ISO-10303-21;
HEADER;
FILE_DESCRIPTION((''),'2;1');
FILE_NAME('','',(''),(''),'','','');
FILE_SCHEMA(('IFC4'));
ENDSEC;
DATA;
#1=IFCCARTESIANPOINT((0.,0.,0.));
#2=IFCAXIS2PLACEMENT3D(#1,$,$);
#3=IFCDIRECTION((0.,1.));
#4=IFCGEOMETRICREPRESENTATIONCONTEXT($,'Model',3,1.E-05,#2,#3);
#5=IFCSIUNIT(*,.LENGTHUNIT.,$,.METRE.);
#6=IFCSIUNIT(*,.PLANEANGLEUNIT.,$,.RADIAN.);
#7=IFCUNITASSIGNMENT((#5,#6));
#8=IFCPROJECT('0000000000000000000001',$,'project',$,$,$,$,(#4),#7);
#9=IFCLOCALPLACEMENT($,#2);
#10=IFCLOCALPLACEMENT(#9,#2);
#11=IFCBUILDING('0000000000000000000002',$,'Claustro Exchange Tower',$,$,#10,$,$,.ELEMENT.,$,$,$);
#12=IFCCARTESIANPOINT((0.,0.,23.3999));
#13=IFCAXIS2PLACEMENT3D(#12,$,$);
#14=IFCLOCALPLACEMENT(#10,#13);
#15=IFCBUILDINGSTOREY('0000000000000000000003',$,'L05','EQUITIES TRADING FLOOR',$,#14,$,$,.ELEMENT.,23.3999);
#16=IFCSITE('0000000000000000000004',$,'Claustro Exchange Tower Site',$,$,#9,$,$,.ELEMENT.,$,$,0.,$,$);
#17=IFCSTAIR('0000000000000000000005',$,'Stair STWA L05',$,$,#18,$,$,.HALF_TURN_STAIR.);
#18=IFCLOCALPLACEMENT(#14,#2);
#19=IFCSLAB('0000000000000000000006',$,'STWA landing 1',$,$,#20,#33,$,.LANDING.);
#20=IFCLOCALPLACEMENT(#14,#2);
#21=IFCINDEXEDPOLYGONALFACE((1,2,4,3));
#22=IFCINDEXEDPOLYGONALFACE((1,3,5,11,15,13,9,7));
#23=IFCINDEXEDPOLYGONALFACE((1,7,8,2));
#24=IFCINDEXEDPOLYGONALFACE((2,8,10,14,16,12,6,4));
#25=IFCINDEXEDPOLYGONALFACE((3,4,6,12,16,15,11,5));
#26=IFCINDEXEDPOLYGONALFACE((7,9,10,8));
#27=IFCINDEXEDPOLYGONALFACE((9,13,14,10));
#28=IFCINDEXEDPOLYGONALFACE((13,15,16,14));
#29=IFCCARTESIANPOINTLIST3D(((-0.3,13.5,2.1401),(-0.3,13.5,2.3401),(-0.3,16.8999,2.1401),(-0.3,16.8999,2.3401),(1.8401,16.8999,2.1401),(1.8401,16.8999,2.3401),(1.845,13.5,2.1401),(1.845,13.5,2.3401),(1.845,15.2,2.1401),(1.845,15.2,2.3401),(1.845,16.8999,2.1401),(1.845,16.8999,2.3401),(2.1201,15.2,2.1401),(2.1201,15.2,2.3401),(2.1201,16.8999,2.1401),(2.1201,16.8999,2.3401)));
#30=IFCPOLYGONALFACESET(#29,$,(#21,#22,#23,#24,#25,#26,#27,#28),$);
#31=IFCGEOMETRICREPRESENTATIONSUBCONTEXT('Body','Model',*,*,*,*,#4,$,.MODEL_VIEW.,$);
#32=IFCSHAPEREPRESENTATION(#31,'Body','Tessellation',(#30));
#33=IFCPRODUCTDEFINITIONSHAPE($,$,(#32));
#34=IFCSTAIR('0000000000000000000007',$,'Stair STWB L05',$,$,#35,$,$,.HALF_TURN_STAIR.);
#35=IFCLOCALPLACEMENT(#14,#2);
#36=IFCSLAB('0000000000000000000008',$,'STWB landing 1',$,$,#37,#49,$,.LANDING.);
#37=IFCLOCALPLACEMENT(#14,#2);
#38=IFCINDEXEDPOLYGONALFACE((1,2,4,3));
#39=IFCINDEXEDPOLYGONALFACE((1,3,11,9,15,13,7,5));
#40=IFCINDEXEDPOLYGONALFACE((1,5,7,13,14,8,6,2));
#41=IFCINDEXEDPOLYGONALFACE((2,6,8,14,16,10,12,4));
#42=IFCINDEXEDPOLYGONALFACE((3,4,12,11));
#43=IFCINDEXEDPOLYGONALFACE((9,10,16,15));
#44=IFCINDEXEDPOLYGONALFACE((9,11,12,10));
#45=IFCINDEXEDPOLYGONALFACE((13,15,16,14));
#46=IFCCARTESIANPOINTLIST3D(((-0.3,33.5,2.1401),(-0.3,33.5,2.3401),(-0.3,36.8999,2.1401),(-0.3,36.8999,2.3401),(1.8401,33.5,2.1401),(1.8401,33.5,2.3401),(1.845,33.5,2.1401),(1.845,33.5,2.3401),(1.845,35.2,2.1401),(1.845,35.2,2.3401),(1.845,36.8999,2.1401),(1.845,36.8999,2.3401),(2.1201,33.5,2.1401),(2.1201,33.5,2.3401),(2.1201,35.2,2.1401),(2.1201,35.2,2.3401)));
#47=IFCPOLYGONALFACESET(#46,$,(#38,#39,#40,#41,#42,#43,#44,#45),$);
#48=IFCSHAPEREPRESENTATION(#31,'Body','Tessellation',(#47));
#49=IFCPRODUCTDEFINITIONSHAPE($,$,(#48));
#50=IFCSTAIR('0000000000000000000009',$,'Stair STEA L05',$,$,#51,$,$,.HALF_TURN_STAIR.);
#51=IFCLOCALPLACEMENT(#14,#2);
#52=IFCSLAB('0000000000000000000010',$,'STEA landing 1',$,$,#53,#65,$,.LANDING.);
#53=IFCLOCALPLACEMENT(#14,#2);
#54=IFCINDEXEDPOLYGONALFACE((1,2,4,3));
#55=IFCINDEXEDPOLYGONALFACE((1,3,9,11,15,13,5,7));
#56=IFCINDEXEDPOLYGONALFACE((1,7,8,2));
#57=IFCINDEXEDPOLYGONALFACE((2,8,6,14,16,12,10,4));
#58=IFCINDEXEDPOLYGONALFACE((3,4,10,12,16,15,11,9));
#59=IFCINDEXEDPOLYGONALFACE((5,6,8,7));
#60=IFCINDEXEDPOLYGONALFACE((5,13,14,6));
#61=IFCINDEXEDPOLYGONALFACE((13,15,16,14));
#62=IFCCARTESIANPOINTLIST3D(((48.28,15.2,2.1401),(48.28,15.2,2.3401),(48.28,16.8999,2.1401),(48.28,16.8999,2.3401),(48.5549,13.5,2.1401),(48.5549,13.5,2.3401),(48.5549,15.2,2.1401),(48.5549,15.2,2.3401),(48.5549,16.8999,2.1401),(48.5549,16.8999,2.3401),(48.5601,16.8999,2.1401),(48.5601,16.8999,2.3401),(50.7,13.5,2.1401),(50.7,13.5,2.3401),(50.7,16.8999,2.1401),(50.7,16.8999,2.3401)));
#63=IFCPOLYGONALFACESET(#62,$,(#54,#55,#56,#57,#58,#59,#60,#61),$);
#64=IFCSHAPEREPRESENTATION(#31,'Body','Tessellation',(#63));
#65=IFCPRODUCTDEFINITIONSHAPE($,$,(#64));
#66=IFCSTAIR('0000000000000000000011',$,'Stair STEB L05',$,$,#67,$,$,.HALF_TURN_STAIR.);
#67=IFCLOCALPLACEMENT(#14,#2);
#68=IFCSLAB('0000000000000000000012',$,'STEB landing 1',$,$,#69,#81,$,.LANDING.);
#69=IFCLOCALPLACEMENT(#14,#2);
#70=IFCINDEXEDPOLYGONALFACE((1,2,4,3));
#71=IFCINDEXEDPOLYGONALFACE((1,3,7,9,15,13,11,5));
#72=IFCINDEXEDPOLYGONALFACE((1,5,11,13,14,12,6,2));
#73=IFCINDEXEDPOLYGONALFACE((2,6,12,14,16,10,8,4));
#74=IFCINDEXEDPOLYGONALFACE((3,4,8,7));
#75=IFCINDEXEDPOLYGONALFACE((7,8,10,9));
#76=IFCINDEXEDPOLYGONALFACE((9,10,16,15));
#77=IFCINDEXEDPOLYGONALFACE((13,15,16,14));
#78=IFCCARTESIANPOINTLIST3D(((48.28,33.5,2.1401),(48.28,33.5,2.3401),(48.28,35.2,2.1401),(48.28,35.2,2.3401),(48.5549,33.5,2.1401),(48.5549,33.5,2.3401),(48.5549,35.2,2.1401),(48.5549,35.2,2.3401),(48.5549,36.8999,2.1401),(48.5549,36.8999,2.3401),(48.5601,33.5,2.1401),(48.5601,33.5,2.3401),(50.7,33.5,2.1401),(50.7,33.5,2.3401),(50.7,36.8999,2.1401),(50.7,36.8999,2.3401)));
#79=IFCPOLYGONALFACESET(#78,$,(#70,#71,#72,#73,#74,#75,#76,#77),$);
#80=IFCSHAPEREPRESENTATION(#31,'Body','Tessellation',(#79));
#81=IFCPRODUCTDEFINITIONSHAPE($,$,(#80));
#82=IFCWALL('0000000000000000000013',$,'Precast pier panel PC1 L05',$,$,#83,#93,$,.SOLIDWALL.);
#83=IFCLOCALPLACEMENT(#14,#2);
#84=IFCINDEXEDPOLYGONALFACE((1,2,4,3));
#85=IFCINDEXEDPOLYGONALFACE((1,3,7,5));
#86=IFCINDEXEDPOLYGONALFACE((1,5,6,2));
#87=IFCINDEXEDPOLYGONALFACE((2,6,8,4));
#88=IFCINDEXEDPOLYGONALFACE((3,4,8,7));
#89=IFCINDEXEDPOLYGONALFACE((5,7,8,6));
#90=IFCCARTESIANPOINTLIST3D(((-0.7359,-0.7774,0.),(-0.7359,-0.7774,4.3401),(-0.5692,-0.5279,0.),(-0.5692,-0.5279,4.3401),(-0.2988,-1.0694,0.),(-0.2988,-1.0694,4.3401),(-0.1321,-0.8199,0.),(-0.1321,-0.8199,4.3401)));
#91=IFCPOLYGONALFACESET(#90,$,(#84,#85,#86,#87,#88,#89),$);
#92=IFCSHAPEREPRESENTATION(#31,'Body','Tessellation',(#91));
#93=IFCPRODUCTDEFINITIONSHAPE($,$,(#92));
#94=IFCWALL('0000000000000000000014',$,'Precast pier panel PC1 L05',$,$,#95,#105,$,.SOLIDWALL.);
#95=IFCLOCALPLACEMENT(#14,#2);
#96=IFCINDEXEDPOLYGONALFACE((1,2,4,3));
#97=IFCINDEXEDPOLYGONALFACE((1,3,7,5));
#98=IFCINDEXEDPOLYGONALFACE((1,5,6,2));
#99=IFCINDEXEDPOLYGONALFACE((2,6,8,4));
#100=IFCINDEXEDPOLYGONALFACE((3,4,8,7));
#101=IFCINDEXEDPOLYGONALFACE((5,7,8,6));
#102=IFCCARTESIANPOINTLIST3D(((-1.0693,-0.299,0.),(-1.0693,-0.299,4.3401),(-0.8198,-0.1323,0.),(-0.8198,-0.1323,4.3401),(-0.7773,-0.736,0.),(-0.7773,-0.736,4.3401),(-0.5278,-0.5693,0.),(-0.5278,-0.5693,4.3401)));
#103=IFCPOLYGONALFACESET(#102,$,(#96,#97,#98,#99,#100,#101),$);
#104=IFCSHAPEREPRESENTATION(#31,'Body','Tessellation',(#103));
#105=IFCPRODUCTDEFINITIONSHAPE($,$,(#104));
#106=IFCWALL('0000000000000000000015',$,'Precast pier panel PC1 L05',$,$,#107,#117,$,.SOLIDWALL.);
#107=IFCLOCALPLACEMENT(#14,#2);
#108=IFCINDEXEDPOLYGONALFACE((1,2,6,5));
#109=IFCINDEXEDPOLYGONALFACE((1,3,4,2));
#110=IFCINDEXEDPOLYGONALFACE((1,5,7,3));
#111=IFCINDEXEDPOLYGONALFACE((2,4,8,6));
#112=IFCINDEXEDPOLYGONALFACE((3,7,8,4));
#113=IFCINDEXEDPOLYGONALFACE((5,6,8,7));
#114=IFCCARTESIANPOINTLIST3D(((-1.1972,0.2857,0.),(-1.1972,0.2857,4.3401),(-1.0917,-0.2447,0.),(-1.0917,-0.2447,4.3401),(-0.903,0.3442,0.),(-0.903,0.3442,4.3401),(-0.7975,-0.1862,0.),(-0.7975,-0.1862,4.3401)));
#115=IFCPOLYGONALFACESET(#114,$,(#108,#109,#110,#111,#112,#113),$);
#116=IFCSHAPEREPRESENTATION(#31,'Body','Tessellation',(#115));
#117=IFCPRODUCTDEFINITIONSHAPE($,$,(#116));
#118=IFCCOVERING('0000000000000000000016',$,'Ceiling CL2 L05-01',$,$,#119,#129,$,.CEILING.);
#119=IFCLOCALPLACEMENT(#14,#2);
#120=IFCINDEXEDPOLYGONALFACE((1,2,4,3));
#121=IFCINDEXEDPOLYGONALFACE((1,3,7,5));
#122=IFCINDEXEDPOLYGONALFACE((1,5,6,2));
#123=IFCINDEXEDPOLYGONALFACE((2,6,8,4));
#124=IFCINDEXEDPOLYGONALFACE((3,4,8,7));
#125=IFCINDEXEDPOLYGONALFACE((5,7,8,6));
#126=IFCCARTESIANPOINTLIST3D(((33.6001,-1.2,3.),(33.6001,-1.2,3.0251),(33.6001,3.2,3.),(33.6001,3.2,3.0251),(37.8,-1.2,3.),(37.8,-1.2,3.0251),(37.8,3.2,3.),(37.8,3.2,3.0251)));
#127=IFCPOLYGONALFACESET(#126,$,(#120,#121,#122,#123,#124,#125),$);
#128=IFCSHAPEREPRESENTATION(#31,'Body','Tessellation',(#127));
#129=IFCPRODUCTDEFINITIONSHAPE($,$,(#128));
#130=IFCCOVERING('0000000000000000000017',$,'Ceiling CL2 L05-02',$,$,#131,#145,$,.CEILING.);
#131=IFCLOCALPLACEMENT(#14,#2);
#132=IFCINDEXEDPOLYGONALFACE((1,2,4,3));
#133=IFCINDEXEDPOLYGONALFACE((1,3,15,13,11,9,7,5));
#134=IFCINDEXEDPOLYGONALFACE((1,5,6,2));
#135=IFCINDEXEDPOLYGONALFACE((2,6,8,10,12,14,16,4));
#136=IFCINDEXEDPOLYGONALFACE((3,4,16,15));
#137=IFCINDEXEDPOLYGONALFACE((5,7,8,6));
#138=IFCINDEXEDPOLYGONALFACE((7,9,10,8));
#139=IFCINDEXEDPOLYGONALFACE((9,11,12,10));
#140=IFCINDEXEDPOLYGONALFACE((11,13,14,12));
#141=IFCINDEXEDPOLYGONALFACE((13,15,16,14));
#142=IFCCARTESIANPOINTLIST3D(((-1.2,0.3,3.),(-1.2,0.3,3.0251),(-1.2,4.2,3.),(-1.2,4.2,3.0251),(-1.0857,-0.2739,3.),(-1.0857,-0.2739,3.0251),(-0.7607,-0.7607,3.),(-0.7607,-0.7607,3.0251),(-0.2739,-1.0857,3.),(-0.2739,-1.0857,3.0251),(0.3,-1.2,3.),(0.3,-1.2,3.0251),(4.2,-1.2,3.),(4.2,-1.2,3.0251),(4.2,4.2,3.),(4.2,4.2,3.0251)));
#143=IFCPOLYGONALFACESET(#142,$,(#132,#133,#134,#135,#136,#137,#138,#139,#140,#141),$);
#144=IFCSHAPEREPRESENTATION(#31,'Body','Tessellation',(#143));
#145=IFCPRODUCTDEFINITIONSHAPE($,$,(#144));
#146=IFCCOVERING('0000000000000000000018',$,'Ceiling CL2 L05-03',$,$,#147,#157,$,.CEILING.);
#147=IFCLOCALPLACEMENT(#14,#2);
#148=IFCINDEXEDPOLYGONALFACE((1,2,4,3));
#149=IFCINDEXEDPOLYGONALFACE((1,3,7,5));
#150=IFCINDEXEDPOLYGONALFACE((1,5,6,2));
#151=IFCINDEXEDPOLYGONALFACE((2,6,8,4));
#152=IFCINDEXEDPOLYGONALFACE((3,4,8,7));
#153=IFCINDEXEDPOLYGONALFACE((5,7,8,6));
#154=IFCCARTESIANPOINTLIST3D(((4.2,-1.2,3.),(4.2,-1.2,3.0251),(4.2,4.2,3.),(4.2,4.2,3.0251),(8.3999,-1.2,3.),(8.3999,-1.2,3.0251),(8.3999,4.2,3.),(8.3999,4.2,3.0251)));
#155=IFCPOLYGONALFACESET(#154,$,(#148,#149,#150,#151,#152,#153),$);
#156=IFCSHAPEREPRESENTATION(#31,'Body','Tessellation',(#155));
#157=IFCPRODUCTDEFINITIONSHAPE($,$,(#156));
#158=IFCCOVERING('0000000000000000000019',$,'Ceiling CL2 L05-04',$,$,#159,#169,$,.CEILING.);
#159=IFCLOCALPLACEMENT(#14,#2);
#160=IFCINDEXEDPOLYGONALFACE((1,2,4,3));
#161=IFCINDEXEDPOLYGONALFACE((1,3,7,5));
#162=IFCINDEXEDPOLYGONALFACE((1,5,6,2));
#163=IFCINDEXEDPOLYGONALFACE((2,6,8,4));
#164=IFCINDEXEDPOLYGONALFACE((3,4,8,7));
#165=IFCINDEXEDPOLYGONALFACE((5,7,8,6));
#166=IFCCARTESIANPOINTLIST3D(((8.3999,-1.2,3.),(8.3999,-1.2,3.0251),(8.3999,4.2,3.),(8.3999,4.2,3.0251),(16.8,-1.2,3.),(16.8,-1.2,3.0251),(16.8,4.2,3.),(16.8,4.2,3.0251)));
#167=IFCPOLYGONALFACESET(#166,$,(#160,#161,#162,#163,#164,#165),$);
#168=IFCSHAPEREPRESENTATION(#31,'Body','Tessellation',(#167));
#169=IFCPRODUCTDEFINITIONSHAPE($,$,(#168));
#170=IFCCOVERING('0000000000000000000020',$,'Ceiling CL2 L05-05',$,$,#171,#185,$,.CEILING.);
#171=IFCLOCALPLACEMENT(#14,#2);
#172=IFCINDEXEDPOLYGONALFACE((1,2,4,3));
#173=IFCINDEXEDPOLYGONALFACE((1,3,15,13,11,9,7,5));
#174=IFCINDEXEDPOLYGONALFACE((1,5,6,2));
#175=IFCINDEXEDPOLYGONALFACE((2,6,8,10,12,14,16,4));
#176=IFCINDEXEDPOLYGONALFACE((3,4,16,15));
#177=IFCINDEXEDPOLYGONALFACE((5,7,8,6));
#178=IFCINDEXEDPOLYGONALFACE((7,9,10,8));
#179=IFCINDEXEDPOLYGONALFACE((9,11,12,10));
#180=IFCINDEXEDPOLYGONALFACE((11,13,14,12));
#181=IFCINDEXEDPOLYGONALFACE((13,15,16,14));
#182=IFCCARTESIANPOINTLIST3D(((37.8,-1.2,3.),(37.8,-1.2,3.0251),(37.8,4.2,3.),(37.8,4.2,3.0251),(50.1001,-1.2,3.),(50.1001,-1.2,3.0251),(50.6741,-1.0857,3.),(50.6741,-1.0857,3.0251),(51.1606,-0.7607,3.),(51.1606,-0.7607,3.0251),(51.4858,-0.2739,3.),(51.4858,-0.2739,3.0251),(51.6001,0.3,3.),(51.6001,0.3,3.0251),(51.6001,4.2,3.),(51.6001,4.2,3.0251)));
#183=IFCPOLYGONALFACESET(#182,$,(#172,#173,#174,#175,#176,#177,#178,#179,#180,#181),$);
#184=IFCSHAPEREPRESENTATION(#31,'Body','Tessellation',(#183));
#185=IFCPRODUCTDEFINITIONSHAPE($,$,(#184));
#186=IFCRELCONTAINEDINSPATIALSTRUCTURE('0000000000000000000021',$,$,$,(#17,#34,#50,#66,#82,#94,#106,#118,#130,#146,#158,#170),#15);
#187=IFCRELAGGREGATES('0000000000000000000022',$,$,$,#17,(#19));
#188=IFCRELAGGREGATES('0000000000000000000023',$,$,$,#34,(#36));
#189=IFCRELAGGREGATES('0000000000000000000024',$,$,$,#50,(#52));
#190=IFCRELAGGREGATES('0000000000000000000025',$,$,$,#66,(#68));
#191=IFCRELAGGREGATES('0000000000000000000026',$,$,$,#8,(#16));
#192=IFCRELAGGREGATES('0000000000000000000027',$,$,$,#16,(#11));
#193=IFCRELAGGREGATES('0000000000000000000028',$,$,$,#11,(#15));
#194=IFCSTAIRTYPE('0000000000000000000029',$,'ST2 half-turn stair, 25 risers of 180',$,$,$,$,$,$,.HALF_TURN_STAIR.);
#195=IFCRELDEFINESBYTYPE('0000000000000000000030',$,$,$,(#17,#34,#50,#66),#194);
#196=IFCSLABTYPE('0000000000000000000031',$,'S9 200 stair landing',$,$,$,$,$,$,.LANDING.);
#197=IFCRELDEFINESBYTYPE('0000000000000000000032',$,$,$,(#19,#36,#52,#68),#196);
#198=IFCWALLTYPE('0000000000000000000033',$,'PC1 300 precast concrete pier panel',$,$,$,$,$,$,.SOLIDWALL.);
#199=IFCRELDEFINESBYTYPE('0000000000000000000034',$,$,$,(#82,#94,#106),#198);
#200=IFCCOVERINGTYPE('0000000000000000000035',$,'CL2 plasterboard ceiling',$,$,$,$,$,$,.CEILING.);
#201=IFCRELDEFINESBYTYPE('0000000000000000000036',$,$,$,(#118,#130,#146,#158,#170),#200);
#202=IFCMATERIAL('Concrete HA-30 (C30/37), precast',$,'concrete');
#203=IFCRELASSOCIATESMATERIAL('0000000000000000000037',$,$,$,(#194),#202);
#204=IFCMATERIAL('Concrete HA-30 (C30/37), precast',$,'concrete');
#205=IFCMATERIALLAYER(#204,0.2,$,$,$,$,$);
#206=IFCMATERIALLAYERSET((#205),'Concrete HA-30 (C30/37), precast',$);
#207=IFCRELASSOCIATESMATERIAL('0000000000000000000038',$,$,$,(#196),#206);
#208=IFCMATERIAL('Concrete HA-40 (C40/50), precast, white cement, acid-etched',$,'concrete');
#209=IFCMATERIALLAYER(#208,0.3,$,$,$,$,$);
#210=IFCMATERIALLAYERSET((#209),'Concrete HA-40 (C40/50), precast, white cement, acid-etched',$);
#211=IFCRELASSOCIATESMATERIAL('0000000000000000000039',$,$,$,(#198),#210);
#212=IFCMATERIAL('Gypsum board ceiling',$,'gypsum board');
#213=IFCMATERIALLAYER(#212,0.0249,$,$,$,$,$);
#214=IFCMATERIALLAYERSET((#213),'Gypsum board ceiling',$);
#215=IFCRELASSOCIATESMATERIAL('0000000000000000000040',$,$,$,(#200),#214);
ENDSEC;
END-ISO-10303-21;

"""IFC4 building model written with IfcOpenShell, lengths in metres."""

from ifc_helpers import new_model, si_unit, direction, frame, frame_2d, origin, place, context, subcontext, project, spatial, polyline, rectangle, outline, extrude, material, layer, layer_set, type_object, element, aggregate, save


model = new_model("IFC4")

# Units and contexts
model_context = context("Model", 3, precision=1e-05, world=origin(), true_north=direction((0.0, 1.0)))
body_context = subcontext(model_context, "Body", "Model", "MODEL_VIEW")
ifc_project = project(units=[si_unit("LENGTHUNIT", "METRE"), si_unit("PLANEANGLEUNIT", "RADIAN")], contexts=[model_context])

# Site, building, storey
site_placement = place(None, origin())
site = spatial("IfcSite", under=ifc_project, at=site_placement, Name="Claustro Exchange Tower Site", CompositionType="ELEMENT", RefElevation=0.0)
building_placement = place(site_placement, origin())
building = spatial("IfcBuilding", under=site, at=building_placement, Name="Claustro Exchange Tower", CompositionType="ELEMENT")
storey_placement = place(building_placement, frame((0.0, 0.0, 23.3999)))
storey = spatial("IfcBuildingStorey", under=building, at=storey_placement, Name="L05", Description="EQUITIES TRADING FLOOR", CompositionType="ELEMENT", Elevation=23.3999)

# Stairs, slabs
ifc_material_1 = material(Name="Concrete HA-30 (C30/37), precast", Category="concrete")
stair_type = type_object("IfcStairType", Name="ST2 half-turn stair, 25 risers of 180", PredefinedType="HALF_TURN_STAIR", material=ifc_material_1)
stair_1_placement = place(storey_placement, origin())
stair_1 = element("IfcStair", 1, at=stair_1_placement, inside=storey, type_object=stair_type, Name="Stair STWA L05", PredefinedType="HALF_TURN_STAIR")
ifc_material_2 = material(Name="Concrete HA-30 (C30/37), precast", Category="concrete")
ifc_layer_1 = layer(ifc_material_2, 0.2)
ifc_layer_set_1 = layer_set([ifc_layer_1], Name="Concrete HA-30 (C30/37), precast")
slab_type_1 = type_object("IfcSlabType", Name="S9 200 stair landing", PredefinedType="LANDING", material=ifc_layer_set_1)
slab_1_placement = place(storey_placement, frame((0.0, 0.0, 2.1401)))
slab_1 = element("IfcSlab", 2, at=slab_1_placement, type_object=slab_type_1, Name="STWA landing 1", PredefinedType="LANDING", context=body_context, shape_type="SweptSolid", body=[
    extrude(outline(polyline([(1.845, 13.5), (-0.3, 13.5), (-0.3, 16.8999), (1.8401, 16.8999), (1.845, 16.8999), (2.1201, 16.8999), (2.1201, 15.2), (1.845, 15.2), (1.845, 13.5)])), origin(), (0.0, 0.0, 1.0), 0.2),
])
aggregate(stair_1, [slab_1])
stair_2_placement = place(storey_placement, origin())
stair_2 = element("IfcStair", 3, at=stair_2_placement, inside=storey, type_object=stair_type, Name="Stair STWB L05", PredefinedType="HALF_TURN_STAIR")
slab_2_placement = place(storey_placement, frame((0.0, 0.0, 2.1401)))
slab_2 = element("IfcSlab", 4, at=slab_2_placement, type_object=slab_type_1, Name="STWB landing 1", PredefinedType="LANDING", context=body_context, shape_type="SweptSolid", body=[
    extrude(outline(polyline([(2.1201, 35.2), (2.1201, 33.5), (1.845, 33.5), (1.8401, 33.5), (-0.3, 33.5), (-0.3, 36.8999), (1.845, 36.8999), (1.845, 35.2), (2.1201, 35.2)])), origin(), (0.0, 0.0, 1.0), 0.2),
])
aggregate(stair_2, [slab_2])
stair_3_placement = place(storey_placement, origin())
stair_3 = element("IfcStair", 5, at=stair_3_placement, inside=storey, type_object=stair_type, Name="Stair STEA L05", PredefinedType="HALF_TURN_STAIR")
slab_3_placement = place(storey_placement, frame((0.0, 0.0, 2.1401)))
slab_3 = element("IfcSlab", 6, at=slab_3_placement, type_object=slab_type_1, Name="STEA landing 1", PredefinedType="LANDING", context=body_context, shape_type="SweptSolid", body=[
    extrude(outline(polyline([(50.7, 16.8999), (50.7, 13.5), (48.5549, 13.5), (48.5549, 15.2), (48.28, 15.2), (48.28, 16.8999), (48.5549, 16.8999), (48.5601, 16.8999), (50.7, 16.8999)])), origin(), (0.0, 0.0, 1.0), 0.2),
])
aggregate(stair_3, [slab_3])
stair_4_placement = place(storey_placement, origin())
stair_4 = element("IfcStair", 7, at=stair_4_placement, inside=storey, type_object=stair_type, Name="Stair STEB L05", PredefinedType="HALF_TURN_STAIR")
slab_4_placement = place(storey_placement, frame((0.0, 0.0, 2.1401)))
slab_4 = element("IfcSlab", 8, at=slab_4_placement, type_object=slab_type_1, Name="STEB landing 1", PredefinedType="LANDING", context=body_context, shape_type="SweptSolid", body=[
    extrude(outline(polyline([(48.28, 33.5), (48.28, 35.2), (48.5549, 35.2), (48.5549, 36.8999), (50.7, 36.8999), (50.7, 33.5), (48.5601, 33.5), (48.5549, 33.5), (48.28, 33.5)])), origin(), (0.0, 0.0, 1.0), 0.2),
])
aggregate(stair_4, [slab_4])

# Walls
ifc_material_3 = material(Name="Concrete HA-40 (C40/50), precast, white cement, acid-etched", Category="concrete")
ifc_layer_2 = layer(ifc_material_3, 0.3)
ifc_layer_set_2 = layer_set([ifc_layer_2], Name="Concrete HA-40 (C40/50), precast, white cement, acid-etched")
wall_type = type_object("IfcWallType", Name="PC1 300 precast concrete pier panel", PredefinedType="SOLIDWALL", material=ifc_layer_set_2)
for number, where, z_axis, x_axis, name in (
    (9, (-0.2156, -0.9446, 0.0), (0.0, 0.0, 1.0), (-0.831478, 0.555557, 0.0), "Precast pier panel PC1 L05"),
    (10, (-0.6526, -0.6526, 0.0), (0.0, 0.0, 1.0), (-0.555557, 0.831478, 0.0), "Precast pier panel PC1 L05"),
):
    element("IfcWall", number, at=place(storey_placement, frame(where, z_axis=z_axis, x_axis=x_axis)), inside=storey, type_object=wall_type, Name=name, PredefinedType="SOLIDWALL", context=body_context, shape_type="SweptSolid", body=[
        extrude(rectangle(XDim=0.5256, YDim=0.3, at=frame_2d((0.2627, 0.0))), origin(), (0.0, 0.0, 1.0), 4.3401),
    ])
wall_placement = place(storey_placement, frame((-0.9446, -0.2156, 0.0), z_axis=(0.0, 0.0, 1.0), x_axis=(-0.195074, 0.980789, 0.0)))
element("IfcWall", 11, at=wall_placement, inside=storey, type_object=wall_type, Name="Precast pier panel PC1 L05", PredefinedType="SOLIDWALL", context=body_context, shape_type="SweptSolid", body=[
    extrude(rectangle(XDim=0.5408, YDim=0.3, at=frame_2d((0.2705, 0.0))), origin(), (0.0, 0.0, 1.0), 4.3401),
])

# Coverings
ifc_material_4 = material(Name="Gypsum board ceiling", Category="gypsum board")
ifc_layer_3 = layer(ifc_material_4, 0.0249)
ifc_layer_set_3 = layer_set([ifc_layer_3], Name="Gypsum board ceiling")
covering_type = type_object("IfcCoveringType", Name="CL2 plasterboard ceiling", PredefinedType="CEILING", material=ifc_layer_set_3)
covering_1_placement = place(storey_placement, frame((0.0, 0.0, 3.0)))
element("IfcCovering", 12, at=covering_1_placement, inside=storey, type_object=covering_type, Name="Ceiling CL2 L05-01", PredefinedType="CEILING", context=body_context, shape_type="SweptSolid", body=[
    extrude(outline(polyline([(33.6001, -1.2), (37.8, -1.2), (37.8, 3.2), (33.6001, 3.2), (33.6001, -1.2)])), origin(), (0.0, 0.0, 1.0), 0.0251),
])
covering_2_placement = place(storey_placement, frame((0.0, 0.0, 3.0)))
element("IfcCovering", 13, at=covering_2_placement, inside=storey, type_object=covering_type, Name="Ceiling CL2 L05-02", PredefinedType="CEILING", context=body_context, shape_type="SweptSolid", body=[
    extrude(outline(polyline([(-1.0857, -0.2739), (-0.7607, -0.7607), (-0.2739, -1.0857), (0.3, -1.2), (4.2, -1.2), (4.2, 4.2), (-1.2, 4.2), (-1.2, 0.3), (-1.0857, -0.2739)])), origin(), (0.0, 0.0, 1.0), 0.0251),
])
covering_3_placement = place(storey_placement, frame((0.0, 0.0, 3.0)))
element("IfcCovering", 14, at=covering_3_placement, inside=storey, type_object=covering_type, Name="Ceiling CL2 L05-03", PredefinedType="CEILING", context=body_context, shape_type="SweptSolid", body=[
    extrude(outline(polyline([(4.2, -1.2), (8.3999, -1.2), (8.3999, 4.2), (4.2, 4.2), (4.2, -1.2)])), origin(), (0.0, 0.0, 1.0), 0.0251),
])
covering_4_placement = place(storey_placement, frame((0.0, 0.0, 3.0)))
element("IfcCovering", 15, at=covering_4_placement, inside=storey, type_object=covering_type, Name="Ceiling CL2 L05-04", PredefinedType="CEILING", context=body_context, shape_type="SweptSolid", body=[
    extrude(outline(polyline([(8.3999, -1.2), (16.8, -1.2), (16.8, 4.2), (8.3999, 4.2), (8.3999, -1.2)])), origin(), (0.0, 0.0, 1.0), 0.0251),
])
covering_5_placement = place(storey_placement, frame((0.0, 0.0, 3.0)))
element("IfcCovering", 16, at=covering_5_placement, inside=storey, type_object=covering_type, Name="Ceiling CL2 L05-05", PredefinedType="CEILING", context=body_context, shape_type="SweptSolid", body=[
    extrude(outline(polyline([(51.6001, 0.3), (51.6001, 4.2), (37.8, 4.2), (37.8, -1.2), (50.1001, -1.2), (50.6741, -1.0857), (51.1606, -0.7607), (51.4858, -0.2739), (51.6001, 0.3)])), origin(), (0.0, 0.0, 1.0), 0.0251),
])

save(model, "model.ifc")
